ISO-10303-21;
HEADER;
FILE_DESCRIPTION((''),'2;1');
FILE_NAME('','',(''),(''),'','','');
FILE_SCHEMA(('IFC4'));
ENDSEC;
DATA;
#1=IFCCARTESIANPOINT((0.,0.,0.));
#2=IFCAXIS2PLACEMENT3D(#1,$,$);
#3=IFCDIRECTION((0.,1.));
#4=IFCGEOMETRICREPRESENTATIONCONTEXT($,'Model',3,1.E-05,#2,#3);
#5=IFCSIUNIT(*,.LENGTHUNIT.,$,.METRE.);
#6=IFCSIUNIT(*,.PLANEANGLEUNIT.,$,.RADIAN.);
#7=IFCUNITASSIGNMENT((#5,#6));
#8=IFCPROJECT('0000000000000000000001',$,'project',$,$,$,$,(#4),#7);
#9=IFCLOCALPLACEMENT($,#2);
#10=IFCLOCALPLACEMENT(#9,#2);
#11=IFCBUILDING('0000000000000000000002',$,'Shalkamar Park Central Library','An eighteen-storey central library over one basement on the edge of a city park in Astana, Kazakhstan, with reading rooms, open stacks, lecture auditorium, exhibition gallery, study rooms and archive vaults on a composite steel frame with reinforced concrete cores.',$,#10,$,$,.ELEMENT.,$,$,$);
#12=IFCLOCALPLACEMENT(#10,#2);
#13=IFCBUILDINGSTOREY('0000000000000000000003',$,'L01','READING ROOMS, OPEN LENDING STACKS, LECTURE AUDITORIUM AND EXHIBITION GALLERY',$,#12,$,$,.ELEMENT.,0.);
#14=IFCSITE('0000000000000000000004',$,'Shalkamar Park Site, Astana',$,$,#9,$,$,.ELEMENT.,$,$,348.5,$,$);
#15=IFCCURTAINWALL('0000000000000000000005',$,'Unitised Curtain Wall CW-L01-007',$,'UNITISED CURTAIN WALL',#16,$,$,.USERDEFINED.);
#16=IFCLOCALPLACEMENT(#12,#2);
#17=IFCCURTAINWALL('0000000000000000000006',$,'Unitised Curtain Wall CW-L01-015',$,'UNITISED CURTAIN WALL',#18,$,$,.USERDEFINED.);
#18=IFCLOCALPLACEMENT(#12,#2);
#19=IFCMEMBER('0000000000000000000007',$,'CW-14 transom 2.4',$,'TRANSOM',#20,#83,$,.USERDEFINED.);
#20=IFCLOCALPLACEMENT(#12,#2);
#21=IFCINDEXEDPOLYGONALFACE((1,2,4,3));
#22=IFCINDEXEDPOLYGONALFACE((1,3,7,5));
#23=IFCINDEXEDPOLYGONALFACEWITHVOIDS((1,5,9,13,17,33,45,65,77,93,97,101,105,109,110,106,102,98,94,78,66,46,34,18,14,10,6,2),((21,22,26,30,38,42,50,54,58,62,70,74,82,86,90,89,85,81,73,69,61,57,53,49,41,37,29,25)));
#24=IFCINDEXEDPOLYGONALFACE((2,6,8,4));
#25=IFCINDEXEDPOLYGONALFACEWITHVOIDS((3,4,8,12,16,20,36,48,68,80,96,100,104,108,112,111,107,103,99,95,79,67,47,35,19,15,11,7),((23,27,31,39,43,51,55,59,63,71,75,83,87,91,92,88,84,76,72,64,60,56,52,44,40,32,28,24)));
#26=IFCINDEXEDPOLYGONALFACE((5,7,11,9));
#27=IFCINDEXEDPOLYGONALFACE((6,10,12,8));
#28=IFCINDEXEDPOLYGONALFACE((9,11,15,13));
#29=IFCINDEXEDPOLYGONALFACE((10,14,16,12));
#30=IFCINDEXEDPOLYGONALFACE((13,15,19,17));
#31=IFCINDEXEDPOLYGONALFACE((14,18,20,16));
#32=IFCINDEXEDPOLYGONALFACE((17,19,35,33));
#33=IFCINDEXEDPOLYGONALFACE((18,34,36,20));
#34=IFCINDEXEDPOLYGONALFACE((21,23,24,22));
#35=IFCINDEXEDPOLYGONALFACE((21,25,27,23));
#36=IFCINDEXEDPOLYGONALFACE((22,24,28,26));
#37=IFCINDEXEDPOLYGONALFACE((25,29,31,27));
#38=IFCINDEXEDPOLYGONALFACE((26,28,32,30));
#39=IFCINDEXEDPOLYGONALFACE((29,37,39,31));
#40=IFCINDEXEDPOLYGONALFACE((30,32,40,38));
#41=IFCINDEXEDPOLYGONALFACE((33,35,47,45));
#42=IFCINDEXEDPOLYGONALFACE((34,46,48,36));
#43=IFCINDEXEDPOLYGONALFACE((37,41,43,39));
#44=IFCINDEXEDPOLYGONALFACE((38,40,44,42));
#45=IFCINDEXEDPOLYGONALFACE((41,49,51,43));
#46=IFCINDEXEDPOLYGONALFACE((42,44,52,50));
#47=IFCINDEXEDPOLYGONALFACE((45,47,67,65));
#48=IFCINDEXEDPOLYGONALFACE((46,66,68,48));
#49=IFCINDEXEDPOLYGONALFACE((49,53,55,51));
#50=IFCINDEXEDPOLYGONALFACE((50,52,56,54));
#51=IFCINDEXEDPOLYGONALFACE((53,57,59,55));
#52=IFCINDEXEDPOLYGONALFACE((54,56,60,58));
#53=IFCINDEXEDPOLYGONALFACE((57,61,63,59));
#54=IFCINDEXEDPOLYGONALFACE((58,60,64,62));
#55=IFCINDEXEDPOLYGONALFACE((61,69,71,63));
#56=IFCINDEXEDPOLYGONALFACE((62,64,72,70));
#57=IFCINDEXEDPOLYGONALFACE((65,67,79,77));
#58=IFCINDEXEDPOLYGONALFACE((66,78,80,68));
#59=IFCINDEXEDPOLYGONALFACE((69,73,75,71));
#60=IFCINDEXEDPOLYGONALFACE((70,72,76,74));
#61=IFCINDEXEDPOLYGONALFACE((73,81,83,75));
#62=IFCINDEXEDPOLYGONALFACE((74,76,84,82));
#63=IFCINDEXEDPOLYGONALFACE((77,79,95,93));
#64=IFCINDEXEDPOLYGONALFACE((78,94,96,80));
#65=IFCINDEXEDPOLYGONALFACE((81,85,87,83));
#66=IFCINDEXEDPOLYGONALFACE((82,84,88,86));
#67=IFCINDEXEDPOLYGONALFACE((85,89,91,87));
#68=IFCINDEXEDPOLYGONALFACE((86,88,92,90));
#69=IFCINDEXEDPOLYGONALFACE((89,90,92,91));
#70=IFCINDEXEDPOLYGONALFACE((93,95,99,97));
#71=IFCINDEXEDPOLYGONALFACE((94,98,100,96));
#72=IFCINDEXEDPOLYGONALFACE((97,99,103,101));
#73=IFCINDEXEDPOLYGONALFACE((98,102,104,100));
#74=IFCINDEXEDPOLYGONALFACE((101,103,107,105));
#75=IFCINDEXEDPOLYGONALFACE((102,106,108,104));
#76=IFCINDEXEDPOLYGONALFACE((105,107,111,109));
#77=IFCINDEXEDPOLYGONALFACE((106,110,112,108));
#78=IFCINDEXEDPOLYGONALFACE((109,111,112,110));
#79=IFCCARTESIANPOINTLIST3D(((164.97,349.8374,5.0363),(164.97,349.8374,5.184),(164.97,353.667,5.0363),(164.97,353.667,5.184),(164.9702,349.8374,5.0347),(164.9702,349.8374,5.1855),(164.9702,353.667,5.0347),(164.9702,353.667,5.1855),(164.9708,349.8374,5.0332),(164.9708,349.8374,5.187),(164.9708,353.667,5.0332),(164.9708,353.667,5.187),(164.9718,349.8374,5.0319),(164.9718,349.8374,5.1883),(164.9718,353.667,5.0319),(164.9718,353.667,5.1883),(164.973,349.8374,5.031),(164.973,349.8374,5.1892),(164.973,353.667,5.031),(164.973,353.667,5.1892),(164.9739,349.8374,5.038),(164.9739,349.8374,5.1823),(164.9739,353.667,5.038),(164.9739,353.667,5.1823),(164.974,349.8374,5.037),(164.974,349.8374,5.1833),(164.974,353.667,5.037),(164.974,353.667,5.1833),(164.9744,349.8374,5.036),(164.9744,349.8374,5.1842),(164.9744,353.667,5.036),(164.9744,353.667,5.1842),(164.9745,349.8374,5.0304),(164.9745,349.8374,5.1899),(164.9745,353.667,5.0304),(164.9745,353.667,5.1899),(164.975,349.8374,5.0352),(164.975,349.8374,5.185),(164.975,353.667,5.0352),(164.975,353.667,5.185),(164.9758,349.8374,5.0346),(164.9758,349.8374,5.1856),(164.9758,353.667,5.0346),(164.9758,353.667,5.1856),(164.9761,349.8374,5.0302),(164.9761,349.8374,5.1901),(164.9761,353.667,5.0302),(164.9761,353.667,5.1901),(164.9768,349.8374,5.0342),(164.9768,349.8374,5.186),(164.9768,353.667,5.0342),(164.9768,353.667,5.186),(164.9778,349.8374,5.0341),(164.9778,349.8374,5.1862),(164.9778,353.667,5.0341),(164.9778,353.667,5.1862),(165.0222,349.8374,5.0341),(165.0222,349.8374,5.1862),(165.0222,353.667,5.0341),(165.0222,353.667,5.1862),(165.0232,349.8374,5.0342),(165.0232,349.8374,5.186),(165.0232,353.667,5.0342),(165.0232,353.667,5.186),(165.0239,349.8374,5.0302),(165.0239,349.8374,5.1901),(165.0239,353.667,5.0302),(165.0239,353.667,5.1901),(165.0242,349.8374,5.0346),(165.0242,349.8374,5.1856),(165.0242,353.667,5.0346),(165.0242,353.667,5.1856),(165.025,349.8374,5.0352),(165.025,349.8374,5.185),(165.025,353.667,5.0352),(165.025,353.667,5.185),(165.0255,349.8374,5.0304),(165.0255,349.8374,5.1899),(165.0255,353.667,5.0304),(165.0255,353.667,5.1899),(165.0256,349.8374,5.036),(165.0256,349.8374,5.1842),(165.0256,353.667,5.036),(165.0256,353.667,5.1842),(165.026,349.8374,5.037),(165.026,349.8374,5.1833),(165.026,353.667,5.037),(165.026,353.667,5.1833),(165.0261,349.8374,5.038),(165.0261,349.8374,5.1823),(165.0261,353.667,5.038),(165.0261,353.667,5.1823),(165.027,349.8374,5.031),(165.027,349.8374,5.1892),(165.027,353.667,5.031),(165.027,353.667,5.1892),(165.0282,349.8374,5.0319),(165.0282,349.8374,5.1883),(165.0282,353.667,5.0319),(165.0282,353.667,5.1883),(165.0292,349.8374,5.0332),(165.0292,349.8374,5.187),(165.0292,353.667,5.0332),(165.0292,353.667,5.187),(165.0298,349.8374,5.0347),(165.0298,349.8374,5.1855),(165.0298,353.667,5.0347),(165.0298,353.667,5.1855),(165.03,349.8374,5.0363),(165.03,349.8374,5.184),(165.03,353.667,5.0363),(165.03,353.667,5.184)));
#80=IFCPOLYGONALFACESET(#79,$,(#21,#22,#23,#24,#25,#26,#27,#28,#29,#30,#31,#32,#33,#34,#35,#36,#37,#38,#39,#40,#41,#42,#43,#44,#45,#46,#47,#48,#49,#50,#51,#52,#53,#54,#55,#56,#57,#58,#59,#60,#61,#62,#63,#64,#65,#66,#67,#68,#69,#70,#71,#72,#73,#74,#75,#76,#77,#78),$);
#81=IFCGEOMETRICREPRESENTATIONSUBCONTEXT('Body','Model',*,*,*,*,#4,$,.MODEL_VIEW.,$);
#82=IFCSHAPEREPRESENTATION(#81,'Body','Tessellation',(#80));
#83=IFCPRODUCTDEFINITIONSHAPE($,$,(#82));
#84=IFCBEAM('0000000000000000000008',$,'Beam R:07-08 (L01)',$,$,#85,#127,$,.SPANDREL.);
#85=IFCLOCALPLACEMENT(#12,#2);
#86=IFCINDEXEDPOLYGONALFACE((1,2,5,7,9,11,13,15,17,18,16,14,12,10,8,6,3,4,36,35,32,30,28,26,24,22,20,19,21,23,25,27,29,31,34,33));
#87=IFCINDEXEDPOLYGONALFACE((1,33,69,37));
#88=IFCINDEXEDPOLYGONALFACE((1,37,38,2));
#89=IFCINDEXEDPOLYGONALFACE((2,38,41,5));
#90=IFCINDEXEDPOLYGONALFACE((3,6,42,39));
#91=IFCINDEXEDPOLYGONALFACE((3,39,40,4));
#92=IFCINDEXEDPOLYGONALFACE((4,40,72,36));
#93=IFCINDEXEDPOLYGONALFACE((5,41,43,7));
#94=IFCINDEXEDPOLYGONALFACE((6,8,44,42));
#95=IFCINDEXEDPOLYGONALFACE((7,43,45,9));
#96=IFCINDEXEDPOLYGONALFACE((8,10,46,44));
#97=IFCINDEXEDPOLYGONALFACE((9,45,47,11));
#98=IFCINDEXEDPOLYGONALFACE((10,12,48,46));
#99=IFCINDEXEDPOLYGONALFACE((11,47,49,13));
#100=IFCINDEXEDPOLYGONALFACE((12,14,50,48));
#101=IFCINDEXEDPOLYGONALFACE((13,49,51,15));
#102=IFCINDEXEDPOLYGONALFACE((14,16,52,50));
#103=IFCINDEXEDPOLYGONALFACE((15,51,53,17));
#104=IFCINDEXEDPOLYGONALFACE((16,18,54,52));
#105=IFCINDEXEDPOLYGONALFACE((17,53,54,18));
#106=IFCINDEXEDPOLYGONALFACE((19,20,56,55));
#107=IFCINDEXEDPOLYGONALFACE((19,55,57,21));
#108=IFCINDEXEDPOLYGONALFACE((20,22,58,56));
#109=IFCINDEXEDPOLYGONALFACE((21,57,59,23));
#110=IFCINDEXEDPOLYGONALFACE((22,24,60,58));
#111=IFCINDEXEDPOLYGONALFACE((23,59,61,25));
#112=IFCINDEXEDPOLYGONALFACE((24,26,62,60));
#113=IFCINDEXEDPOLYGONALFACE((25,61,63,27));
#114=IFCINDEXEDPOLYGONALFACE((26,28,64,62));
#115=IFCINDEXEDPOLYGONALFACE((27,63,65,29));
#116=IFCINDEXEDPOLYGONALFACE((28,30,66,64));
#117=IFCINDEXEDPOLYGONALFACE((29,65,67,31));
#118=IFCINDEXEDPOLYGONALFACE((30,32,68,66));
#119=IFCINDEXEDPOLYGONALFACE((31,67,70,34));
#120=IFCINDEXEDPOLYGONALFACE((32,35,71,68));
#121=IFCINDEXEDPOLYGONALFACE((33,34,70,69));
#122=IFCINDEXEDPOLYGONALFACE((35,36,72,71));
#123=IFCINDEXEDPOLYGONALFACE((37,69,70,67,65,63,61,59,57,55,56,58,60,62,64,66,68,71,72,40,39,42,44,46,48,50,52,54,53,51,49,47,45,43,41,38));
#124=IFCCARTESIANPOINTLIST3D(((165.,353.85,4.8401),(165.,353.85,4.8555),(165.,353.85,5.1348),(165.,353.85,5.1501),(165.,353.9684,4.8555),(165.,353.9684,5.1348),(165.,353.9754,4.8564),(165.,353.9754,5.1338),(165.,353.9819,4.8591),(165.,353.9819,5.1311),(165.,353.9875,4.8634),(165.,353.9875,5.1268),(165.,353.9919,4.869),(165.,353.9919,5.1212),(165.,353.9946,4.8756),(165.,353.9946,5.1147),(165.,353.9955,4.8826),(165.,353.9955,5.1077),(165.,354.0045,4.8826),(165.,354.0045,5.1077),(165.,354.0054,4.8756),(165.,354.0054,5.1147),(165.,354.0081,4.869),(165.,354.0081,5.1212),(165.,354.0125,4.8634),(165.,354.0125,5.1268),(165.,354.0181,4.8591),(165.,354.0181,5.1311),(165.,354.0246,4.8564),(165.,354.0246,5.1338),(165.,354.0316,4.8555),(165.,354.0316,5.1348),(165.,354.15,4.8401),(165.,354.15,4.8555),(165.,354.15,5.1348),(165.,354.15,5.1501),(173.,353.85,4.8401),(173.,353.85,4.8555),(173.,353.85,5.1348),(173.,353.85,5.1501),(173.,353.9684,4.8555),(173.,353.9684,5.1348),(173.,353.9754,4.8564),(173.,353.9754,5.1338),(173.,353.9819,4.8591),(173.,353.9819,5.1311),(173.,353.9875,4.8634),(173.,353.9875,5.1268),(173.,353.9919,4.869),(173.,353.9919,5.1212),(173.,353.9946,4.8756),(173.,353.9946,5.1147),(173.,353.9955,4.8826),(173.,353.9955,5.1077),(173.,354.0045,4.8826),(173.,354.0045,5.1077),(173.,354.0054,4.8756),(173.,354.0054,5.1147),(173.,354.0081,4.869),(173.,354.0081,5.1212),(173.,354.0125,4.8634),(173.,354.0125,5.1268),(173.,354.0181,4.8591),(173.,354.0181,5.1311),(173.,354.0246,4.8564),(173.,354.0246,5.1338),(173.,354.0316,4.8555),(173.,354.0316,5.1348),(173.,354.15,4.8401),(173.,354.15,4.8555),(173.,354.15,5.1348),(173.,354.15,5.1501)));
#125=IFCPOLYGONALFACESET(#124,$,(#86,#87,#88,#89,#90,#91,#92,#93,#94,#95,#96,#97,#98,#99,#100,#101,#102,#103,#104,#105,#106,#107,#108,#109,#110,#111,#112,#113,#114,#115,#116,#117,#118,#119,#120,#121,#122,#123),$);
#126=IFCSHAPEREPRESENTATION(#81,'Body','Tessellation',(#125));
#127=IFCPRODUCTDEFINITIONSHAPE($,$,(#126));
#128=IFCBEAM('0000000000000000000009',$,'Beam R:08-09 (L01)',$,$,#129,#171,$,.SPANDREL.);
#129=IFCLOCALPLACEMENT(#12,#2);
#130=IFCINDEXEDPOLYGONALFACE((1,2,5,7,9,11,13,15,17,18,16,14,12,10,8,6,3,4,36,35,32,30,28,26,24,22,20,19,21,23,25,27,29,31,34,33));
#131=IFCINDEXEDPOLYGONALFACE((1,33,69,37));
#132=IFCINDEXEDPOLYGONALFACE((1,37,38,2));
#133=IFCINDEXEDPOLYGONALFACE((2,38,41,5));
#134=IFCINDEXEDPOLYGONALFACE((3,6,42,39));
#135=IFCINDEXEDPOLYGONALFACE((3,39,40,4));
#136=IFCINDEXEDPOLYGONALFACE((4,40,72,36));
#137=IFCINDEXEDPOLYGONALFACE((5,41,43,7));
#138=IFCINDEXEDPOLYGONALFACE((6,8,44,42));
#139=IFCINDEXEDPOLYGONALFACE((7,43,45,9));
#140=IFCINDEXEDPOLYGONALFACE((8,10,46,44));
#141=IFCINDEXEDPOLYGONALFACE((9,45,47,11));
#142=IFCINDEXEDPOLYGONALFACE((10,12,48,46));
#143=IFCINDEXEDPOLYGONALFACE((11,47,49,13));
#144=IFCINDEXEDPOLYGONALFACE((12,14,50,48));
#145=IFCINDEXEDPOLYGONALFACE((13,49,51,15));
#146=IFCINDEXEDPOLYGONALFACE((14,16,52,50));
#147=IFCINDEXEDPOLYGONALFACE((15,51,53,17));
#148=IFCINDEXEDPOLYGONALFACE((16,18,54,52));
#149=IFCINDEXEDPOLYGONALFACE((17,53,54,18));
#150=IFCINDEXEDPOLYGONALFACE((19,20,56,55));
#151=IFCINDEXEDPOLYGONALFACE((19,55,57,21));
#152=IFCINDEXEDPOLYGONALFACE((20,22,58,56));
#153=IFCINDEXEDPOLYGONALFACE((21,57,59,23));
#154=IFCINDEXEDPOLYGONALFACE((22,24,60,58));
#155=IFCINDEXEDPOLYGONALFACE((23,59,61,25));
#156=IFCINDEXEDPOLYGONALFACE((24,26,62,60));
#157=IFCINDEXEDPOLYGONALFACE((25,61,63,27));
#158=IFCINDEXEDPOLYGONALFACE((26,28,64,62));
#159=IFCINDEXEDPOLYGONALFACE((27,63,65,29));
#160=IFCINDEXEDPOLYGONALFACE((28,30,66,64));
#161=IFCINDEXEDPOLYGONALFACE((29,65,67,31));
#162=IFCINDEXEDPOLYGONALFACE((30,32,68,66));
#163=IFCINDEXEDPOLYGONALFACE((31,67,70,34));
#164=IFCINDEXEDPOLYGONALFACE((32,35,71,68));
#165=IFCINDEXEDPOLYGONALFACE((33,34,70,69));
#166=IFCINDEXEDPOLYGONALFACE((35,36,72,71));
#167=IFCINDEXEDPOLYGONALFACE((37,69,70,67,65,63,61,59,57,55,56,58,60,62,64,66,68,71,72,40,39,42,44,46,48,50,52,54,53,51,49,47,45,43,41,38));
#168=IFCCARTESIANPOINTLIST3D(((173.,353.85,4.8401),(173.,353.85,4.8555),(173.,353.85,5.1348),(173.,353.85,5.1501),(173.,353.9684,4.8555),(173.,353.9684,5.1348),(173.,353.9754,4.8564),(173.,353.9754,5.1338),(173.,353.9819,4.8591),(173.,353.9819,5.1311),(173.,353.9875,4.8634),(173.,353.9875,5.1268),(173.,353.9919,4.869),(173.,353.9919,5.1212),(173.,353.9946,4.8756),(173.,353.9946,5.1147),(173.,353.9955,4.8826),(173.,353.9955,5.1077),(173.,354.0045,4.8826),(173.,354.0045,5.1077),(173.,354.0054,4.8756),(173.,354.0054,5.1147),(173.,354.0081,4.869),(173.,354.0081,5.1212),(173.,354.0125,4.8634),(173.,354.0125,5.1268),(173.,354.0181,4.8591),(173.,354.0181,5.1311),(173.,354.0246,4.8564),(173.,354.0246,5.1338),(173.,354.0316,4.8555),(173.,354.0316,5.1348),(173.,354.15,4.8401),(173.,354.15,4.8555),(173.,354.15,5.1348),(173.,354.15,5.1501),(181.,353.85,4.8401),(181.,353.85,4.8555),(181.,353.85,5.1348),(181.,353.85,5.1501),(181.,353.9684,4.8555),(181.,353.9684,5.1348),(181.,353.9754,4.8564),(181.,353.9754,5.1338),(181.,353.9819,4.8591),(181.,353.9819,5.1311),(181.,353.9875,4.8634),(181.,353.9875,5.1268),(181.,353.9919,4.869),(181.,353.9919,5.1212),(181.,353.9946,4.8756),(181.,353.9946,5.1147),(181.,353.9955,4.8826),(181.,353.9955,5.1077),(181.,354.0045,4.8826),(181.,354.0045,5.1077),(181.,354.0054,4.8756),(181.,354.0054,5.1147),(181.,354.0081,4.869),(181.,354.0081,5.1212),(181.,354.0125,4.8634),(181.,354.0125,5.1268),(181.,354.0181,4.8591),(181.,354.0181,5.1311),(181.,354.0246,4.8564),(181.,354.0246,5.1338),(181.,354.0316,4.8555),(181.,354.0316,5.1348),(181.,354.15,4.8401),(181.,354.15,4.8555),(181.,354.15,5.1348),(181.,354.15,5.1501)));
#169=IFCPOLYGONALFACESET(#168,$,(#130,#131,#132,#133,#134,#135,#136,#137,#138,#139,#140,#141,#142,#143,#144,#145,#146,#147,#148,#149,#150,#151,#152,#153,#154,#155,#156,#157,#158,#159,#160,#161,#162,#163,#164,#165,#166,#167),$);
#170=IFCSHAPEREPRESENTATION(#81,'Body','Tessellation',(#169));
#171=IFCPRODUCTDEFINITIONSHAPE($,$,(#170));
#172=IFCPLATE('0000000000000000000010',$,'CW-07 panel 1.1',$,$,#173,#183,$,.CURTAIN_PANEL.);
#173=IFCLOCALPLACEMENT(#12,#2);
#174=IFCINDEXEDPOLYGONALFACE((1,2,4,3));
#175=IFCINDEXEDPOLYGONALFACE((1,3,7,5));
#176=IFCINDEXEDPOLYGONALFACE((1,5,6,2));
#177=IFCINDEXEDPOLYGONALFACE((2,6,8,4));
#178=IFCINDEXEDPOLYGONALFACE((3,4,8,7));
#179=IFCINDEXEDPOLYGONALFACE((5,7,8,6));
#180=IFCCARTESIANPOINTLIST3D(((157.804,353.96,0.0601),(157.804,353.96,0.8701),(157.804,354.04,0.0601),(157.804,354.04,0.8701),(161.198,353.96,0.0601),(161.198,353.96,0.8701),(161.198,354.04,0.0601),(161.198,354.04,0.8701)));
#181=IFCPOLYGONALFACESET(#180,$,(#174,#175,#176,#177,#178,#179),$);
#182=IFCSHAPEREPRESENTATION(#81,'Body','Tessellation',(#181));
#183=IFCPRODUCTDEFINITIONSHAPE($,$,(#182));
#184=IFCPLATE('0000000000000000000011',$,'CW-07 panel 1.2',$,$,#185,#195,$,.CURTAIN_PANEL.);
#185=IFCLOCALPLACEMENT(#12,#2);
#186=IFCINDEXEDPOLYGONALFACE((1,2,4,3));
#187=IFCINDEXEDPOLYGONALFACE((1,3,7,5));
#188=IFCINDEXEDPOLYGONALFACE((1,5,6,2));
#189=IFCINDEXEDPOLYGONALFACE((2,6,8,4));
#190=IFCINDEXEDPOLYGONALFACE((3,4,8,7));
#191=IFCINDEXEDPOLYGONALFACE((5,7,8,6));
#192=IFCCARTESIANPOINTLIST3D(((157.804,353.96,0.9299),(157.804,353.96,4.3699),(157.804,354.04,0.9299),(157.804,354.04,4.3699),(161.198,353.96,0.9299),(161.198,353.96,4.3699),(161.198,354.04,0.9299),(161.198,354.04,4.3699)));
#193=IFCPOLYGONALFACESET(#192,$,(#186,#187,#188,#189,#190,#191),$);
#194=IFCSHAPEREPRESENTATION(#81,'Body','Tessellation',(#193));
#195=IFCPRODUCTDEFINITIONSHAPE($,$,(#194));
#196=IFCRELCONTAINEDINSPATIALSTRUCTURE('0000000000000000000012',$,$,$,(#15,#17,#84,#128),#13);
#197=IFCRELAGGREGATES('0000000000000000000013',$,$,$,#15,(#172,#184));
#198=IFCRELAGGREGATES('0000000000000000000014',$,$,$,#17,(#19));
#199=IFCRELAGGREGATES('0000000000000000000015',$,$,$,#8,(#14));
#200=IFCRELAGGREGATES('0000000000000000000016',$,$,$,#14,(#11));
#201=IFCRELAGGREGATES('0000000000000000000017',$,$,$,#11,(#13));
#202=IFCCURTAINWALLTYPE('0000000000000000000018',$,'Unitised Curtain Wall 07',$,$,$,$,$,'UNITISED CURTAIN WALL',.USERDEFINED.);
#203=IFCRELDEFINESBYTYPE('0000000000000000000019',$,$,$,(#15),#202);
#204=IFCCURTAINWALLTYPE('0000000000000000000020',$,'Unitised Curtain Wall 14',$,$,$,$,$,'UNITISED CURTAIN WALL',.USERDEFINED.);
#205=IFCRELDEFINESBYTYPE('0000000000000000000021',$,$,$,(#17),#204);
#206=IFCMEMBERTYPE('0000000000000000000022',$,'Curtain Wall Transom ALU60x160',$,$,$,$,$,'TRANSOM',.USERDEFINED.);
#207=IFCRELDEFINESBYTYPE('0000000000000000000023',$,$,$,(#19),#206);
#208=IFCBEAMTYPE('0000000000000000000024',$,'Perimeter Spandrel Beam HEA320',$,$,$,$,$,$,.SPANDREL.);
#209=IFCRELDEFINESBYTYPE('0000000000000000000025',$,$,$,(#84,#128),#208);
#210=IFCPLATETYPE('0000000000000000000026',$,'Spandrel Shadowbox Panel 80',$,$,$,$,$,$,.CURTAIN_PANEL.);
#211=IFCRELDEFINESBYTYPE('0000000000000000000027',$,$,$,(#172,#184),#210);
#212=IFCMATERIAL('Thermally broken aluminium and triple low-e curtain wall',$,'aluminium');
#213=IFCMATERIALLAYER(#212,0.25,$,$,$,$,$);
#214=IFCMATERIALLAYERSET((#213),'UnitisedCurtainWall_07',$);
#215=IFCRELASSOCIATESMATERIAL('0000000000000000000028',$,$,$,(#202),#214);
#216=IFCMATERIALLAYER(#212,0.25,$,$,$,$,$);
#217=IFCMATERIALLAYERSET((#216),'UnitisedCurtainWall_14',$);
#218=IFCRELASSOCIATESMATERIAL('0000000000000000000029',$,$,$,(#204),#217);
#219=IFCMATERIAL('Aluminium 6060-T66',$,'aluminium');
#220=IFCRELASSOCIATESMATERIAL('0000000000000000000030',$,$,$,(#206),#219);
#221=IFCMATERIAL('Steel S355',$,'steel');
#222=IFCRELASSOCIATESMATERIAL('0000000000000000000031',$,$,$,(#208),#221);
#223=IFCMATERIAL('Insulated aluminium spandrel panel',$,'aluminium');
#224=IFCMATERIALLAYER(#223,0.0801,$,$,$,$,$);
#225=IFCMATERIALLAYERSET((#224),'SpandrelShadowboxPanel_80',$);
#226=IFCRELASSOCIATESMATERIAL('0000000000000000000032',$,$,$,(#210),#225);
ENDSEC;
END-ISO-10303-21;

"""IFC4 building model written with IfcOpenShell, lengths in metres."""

from ifc_helpers import new_model, si_unit, direction, frame, origin, origin_2d, place, context, subcontext, project, spatial, rectangle, hollow_rectangle, i_section, extrude, material, layer, layer_set, material_profile, profile_set, type_object, element, aggregate, save


model = new_model("IFC4")

# Units and contexts
model_context = context("Model", 3, precision=1e-05, world=origin(), true_north=direction((0.0, 1.0)))
body_context = subcontext(model_context, "Body", "Model", "MODEL_VIEW")
ifc_project = project(units=[si_unit("LENGTHUNIT", "METRE"), si_unit("PLANEANGLEUNIT", "RADIAN")], contexts=[model_context])

# Site, building, storey
site_placement = place(None, origin())
site = spatial("IfcSite", under=ifc_project, at=site_placement, Name="Shalkamar Park Site, Astana", CompositionType="ELEMENT", RefElevation=348.5)
building_placement = place(site_placement, origin())
building = spatial("IfcBuilding", under=site, at=building_placement, Name="Shalkamar Park Central Library", Description="An eighteen-storey central library over one basement on the edge of a city park in Astana, Kazakhstan, with reading rooms, open stacks, lecture auditorium, exhibition gallery, study rooms and archive vaults on a composite steel frame with reinforced concrete cores.", CompositionType="ELEMENT")
storey_placement = place(building_placement, origin())
storey = spatial("IfcBuildingStorey", under=building, at=storey_placement, Name="L01", Description="READING ROOMS, OPEN LENDING STACKS, LECTURE AUDITORIUM AND EXHIBITION GALLERY", CompositionType="ELEMENT", Elevation=0.0)

# Shared definitions
ifc_material_1 = material(Name="Steel S355", Category="steel")

# Curtain walls
ifc_material_2 = material(Name="Thermally broken aluminium and triple low-e curtain wall", Category="aluminium")
ifc_layer_1 = layer(ifc_material_2, 0.25)
ifc_layer_set_1 = layer_set([ifc_layer_1], Name="UnitisedCurtainWall_07")
curtain_wall_type_1 = type_object("IfcCurtainWallType", Name="Unitised Curtain Wall 07", ElementType="UNITISED CURTAIN WALL", PredefinedType="USERDEFINED", material=ifc_layer_set_1)
curtain_wall_1_placement = place(storey_placement, origin())
curtain_wall_1 = element("IfcCurtainWall", 1, at=curtain_wall_1_placement, inside=storey, type_object=curtain_wall_type_1, Name="Unitised Curtain Wall CW-L01-007", ObjectType="UNITISED CURTAIN WALL", PredefinedType="USERDEFINED")
ifc_material_3 = material(Name="Aluminium 6060-T66", Category="aluminium")
ifc_layer_2 = layer(ifc_material_2, 0.25)
ifc_layer_set_2 = layer_set([ifc_layer_2], Name="UnitisedCurtainWall_14")
curtain_wall_type_2 = type_object("IfcCurtainWallType", Name="Unitised Curtain Wall 14", ElementType="UNITISED CURTAIN WALL", PredefinedType="USERDEFINED", material=ifc_layer_set_2)
curtain_wall_2_placement = place(storey_placement, origin())
curtain_wall_2 = element("IfcCurtainWall", 2, at=curtain_wall_2_placement, inside=storey, type_object=curtain_wall_type_2, Name="Unitised Curtain Wall CW-L01-015", ObjectType="UNITISED CURTAIN WALL", PredefinedType="USERDEFINED")

# Member
ifc_material_profile_1 = material_profile(ifc_material_3, hollow_rectangle(XDim=0.0601, YDim=0.1599, WallThickness=0.0039, InnerFilletRadius=0.0039, OuterFilletRadius=0.0061, at=origin_2d()), Name="ALU 60x160x4")
ifc_profile_set_1 = profile_set([ifc_material_profile_1], Name="Aluminium 6060-T66")
member_type_1 = type_object("IfcMemberType", Name="Curtain Wall Transom ALU60x160", ElementType="TRANSOM", PredefinedType="USERDEFINED", material=ifc_profile_set_1)
member_1_placement = place(storey_placement, frame((165.0, 349.8374, 5.1101), z_axis=(0.0, 1.0, 0.0), x_axis=(-1.0, 0.0, 0.0)))
member_1 = element("IfcMember", 3, at=member_1_placement, type_object=member_type_1, Name="CW-14 transom 2.4", ObjectType="TRANSOM", PredefinedType="USERDEFINED", context=body_context, shape_type="SweptSolid", body=[
    extrude(hollow_rectangle(XDim=0.0601, YDim=0.1599, WallThickness=0.0039, InnerFilletRadius=0.0039, OuterFilletRadius=0.0061, at=origin_2d()), origin(), (0.0, 0.0, 1.0), 3.8296),
])

# Beams
ifc_material_profile_2 = material_profile(ifc_material_1, i_section(OverallWidth=0.3, OverallDepth=0.3101, WebThickness=0.009, FlangeThickness=0.0154, FilletRadius=0.0271, at=origin_2d()), Name="HEA 320")
ifc_profile_set_2 = profile_set([ifc_material_profile_2], Name="Steel S355")
beam_type = type_object("IfcBeamType", Name="Perimeter Spandrel Beam HEA320", PredefinedType="SPANDREL", material=ifc_profile_set_2)
for number, where, z_axis, x_axis, name in (
    (4, (165.0, 354.0, 4.9951), (1.0, 0.0, 0.0), (0.0, 1.0, 0.0), "Beam R:07-08 (L01)"),
    (5, (173.0, 354.0, 4.9951), (1.0, 0.0, 0.0), (0.0, 1.0, 0.0), "Beam R:08-09 (L01)"),
):
    element("IfcBeam", number, at=place(storey_placement, frame(where, z_axis=z_axis, x_axis=x_axis)), inside=storey, type_object=beam_type, Name=name, PredefinedType="SPANDREL", context=body_context, shape_type="SweptSolid", body=[
        extrude(i_section(OverallWidth=0.3, OverallDepth=0.3101, WebThickness=0.009, FlangeThickness=0.0154, FilletRadius=0.0271, at=origin_2d()), origin(), (0.0, 0.0, 1.0), 8.0),
    ])

# Plates
ifc_material_4 = material(Name="Insulated aluminium spandrel panel", Category="aluminium")
ifc_layer_3 = layer(ifc_material_4, 0.0801)
ifc_layer_set_3 = layer_set([ifc_layer_3], Name="SpandrelShadowboxPanel_80")
plate_type = type_object("IfcPlateType", Name="Spandrel Shadowbox Panel 80", PredefinedType="CURTAIN_PANEL", material=ifc_layer_set_3)
plate_1_placement = place(storey_placement, frame((159.501, 354.0, 0.0601), z_axis=(0.0, 0.0, 1.0), x_axis=(1.0, 0.0, 0.0)))
plate_1 = element("IfcPlate", 6, at=plate_1_placement, type_object=plate_type, Name="CW-07 panel 1.1", PredefinedType="CURTAIN_PANEL", context=body_context, shape_type="SweptSolid", body=[
    extrude(rectangle(XDim=3.394, YDim=0.0801, at=origin_2d()), origin(), (0.0, 0.0, 1.0), 0.8101),
])
plate_2_placement = place(storey_placement, frame((159.501, 354.0, 0.9299), z_axis=(0.0, 0.0, 1.0), x_axis=(1.0, 0.0, 0.0)))
plate_2 = element("IfcPlate", 7, at=plate_2_placement, type_object=plate_type, Name="CW-07 panel 1.2", PredefinedType="CURTAIN_PANEL", context=body_context, shape_type="SweptSolid", body=[
    extrude(rectangle(XDim=3.394, YDim=0.0801, at=origin_2d()), origin(), (0.0, 0.0, 1.0), 3.4399),
])
aggregate(curtain_wall_1, [plate_1, plate_2])
aggregate(curtain_wall_2, [member_1])

save(model, "model.ifc")
